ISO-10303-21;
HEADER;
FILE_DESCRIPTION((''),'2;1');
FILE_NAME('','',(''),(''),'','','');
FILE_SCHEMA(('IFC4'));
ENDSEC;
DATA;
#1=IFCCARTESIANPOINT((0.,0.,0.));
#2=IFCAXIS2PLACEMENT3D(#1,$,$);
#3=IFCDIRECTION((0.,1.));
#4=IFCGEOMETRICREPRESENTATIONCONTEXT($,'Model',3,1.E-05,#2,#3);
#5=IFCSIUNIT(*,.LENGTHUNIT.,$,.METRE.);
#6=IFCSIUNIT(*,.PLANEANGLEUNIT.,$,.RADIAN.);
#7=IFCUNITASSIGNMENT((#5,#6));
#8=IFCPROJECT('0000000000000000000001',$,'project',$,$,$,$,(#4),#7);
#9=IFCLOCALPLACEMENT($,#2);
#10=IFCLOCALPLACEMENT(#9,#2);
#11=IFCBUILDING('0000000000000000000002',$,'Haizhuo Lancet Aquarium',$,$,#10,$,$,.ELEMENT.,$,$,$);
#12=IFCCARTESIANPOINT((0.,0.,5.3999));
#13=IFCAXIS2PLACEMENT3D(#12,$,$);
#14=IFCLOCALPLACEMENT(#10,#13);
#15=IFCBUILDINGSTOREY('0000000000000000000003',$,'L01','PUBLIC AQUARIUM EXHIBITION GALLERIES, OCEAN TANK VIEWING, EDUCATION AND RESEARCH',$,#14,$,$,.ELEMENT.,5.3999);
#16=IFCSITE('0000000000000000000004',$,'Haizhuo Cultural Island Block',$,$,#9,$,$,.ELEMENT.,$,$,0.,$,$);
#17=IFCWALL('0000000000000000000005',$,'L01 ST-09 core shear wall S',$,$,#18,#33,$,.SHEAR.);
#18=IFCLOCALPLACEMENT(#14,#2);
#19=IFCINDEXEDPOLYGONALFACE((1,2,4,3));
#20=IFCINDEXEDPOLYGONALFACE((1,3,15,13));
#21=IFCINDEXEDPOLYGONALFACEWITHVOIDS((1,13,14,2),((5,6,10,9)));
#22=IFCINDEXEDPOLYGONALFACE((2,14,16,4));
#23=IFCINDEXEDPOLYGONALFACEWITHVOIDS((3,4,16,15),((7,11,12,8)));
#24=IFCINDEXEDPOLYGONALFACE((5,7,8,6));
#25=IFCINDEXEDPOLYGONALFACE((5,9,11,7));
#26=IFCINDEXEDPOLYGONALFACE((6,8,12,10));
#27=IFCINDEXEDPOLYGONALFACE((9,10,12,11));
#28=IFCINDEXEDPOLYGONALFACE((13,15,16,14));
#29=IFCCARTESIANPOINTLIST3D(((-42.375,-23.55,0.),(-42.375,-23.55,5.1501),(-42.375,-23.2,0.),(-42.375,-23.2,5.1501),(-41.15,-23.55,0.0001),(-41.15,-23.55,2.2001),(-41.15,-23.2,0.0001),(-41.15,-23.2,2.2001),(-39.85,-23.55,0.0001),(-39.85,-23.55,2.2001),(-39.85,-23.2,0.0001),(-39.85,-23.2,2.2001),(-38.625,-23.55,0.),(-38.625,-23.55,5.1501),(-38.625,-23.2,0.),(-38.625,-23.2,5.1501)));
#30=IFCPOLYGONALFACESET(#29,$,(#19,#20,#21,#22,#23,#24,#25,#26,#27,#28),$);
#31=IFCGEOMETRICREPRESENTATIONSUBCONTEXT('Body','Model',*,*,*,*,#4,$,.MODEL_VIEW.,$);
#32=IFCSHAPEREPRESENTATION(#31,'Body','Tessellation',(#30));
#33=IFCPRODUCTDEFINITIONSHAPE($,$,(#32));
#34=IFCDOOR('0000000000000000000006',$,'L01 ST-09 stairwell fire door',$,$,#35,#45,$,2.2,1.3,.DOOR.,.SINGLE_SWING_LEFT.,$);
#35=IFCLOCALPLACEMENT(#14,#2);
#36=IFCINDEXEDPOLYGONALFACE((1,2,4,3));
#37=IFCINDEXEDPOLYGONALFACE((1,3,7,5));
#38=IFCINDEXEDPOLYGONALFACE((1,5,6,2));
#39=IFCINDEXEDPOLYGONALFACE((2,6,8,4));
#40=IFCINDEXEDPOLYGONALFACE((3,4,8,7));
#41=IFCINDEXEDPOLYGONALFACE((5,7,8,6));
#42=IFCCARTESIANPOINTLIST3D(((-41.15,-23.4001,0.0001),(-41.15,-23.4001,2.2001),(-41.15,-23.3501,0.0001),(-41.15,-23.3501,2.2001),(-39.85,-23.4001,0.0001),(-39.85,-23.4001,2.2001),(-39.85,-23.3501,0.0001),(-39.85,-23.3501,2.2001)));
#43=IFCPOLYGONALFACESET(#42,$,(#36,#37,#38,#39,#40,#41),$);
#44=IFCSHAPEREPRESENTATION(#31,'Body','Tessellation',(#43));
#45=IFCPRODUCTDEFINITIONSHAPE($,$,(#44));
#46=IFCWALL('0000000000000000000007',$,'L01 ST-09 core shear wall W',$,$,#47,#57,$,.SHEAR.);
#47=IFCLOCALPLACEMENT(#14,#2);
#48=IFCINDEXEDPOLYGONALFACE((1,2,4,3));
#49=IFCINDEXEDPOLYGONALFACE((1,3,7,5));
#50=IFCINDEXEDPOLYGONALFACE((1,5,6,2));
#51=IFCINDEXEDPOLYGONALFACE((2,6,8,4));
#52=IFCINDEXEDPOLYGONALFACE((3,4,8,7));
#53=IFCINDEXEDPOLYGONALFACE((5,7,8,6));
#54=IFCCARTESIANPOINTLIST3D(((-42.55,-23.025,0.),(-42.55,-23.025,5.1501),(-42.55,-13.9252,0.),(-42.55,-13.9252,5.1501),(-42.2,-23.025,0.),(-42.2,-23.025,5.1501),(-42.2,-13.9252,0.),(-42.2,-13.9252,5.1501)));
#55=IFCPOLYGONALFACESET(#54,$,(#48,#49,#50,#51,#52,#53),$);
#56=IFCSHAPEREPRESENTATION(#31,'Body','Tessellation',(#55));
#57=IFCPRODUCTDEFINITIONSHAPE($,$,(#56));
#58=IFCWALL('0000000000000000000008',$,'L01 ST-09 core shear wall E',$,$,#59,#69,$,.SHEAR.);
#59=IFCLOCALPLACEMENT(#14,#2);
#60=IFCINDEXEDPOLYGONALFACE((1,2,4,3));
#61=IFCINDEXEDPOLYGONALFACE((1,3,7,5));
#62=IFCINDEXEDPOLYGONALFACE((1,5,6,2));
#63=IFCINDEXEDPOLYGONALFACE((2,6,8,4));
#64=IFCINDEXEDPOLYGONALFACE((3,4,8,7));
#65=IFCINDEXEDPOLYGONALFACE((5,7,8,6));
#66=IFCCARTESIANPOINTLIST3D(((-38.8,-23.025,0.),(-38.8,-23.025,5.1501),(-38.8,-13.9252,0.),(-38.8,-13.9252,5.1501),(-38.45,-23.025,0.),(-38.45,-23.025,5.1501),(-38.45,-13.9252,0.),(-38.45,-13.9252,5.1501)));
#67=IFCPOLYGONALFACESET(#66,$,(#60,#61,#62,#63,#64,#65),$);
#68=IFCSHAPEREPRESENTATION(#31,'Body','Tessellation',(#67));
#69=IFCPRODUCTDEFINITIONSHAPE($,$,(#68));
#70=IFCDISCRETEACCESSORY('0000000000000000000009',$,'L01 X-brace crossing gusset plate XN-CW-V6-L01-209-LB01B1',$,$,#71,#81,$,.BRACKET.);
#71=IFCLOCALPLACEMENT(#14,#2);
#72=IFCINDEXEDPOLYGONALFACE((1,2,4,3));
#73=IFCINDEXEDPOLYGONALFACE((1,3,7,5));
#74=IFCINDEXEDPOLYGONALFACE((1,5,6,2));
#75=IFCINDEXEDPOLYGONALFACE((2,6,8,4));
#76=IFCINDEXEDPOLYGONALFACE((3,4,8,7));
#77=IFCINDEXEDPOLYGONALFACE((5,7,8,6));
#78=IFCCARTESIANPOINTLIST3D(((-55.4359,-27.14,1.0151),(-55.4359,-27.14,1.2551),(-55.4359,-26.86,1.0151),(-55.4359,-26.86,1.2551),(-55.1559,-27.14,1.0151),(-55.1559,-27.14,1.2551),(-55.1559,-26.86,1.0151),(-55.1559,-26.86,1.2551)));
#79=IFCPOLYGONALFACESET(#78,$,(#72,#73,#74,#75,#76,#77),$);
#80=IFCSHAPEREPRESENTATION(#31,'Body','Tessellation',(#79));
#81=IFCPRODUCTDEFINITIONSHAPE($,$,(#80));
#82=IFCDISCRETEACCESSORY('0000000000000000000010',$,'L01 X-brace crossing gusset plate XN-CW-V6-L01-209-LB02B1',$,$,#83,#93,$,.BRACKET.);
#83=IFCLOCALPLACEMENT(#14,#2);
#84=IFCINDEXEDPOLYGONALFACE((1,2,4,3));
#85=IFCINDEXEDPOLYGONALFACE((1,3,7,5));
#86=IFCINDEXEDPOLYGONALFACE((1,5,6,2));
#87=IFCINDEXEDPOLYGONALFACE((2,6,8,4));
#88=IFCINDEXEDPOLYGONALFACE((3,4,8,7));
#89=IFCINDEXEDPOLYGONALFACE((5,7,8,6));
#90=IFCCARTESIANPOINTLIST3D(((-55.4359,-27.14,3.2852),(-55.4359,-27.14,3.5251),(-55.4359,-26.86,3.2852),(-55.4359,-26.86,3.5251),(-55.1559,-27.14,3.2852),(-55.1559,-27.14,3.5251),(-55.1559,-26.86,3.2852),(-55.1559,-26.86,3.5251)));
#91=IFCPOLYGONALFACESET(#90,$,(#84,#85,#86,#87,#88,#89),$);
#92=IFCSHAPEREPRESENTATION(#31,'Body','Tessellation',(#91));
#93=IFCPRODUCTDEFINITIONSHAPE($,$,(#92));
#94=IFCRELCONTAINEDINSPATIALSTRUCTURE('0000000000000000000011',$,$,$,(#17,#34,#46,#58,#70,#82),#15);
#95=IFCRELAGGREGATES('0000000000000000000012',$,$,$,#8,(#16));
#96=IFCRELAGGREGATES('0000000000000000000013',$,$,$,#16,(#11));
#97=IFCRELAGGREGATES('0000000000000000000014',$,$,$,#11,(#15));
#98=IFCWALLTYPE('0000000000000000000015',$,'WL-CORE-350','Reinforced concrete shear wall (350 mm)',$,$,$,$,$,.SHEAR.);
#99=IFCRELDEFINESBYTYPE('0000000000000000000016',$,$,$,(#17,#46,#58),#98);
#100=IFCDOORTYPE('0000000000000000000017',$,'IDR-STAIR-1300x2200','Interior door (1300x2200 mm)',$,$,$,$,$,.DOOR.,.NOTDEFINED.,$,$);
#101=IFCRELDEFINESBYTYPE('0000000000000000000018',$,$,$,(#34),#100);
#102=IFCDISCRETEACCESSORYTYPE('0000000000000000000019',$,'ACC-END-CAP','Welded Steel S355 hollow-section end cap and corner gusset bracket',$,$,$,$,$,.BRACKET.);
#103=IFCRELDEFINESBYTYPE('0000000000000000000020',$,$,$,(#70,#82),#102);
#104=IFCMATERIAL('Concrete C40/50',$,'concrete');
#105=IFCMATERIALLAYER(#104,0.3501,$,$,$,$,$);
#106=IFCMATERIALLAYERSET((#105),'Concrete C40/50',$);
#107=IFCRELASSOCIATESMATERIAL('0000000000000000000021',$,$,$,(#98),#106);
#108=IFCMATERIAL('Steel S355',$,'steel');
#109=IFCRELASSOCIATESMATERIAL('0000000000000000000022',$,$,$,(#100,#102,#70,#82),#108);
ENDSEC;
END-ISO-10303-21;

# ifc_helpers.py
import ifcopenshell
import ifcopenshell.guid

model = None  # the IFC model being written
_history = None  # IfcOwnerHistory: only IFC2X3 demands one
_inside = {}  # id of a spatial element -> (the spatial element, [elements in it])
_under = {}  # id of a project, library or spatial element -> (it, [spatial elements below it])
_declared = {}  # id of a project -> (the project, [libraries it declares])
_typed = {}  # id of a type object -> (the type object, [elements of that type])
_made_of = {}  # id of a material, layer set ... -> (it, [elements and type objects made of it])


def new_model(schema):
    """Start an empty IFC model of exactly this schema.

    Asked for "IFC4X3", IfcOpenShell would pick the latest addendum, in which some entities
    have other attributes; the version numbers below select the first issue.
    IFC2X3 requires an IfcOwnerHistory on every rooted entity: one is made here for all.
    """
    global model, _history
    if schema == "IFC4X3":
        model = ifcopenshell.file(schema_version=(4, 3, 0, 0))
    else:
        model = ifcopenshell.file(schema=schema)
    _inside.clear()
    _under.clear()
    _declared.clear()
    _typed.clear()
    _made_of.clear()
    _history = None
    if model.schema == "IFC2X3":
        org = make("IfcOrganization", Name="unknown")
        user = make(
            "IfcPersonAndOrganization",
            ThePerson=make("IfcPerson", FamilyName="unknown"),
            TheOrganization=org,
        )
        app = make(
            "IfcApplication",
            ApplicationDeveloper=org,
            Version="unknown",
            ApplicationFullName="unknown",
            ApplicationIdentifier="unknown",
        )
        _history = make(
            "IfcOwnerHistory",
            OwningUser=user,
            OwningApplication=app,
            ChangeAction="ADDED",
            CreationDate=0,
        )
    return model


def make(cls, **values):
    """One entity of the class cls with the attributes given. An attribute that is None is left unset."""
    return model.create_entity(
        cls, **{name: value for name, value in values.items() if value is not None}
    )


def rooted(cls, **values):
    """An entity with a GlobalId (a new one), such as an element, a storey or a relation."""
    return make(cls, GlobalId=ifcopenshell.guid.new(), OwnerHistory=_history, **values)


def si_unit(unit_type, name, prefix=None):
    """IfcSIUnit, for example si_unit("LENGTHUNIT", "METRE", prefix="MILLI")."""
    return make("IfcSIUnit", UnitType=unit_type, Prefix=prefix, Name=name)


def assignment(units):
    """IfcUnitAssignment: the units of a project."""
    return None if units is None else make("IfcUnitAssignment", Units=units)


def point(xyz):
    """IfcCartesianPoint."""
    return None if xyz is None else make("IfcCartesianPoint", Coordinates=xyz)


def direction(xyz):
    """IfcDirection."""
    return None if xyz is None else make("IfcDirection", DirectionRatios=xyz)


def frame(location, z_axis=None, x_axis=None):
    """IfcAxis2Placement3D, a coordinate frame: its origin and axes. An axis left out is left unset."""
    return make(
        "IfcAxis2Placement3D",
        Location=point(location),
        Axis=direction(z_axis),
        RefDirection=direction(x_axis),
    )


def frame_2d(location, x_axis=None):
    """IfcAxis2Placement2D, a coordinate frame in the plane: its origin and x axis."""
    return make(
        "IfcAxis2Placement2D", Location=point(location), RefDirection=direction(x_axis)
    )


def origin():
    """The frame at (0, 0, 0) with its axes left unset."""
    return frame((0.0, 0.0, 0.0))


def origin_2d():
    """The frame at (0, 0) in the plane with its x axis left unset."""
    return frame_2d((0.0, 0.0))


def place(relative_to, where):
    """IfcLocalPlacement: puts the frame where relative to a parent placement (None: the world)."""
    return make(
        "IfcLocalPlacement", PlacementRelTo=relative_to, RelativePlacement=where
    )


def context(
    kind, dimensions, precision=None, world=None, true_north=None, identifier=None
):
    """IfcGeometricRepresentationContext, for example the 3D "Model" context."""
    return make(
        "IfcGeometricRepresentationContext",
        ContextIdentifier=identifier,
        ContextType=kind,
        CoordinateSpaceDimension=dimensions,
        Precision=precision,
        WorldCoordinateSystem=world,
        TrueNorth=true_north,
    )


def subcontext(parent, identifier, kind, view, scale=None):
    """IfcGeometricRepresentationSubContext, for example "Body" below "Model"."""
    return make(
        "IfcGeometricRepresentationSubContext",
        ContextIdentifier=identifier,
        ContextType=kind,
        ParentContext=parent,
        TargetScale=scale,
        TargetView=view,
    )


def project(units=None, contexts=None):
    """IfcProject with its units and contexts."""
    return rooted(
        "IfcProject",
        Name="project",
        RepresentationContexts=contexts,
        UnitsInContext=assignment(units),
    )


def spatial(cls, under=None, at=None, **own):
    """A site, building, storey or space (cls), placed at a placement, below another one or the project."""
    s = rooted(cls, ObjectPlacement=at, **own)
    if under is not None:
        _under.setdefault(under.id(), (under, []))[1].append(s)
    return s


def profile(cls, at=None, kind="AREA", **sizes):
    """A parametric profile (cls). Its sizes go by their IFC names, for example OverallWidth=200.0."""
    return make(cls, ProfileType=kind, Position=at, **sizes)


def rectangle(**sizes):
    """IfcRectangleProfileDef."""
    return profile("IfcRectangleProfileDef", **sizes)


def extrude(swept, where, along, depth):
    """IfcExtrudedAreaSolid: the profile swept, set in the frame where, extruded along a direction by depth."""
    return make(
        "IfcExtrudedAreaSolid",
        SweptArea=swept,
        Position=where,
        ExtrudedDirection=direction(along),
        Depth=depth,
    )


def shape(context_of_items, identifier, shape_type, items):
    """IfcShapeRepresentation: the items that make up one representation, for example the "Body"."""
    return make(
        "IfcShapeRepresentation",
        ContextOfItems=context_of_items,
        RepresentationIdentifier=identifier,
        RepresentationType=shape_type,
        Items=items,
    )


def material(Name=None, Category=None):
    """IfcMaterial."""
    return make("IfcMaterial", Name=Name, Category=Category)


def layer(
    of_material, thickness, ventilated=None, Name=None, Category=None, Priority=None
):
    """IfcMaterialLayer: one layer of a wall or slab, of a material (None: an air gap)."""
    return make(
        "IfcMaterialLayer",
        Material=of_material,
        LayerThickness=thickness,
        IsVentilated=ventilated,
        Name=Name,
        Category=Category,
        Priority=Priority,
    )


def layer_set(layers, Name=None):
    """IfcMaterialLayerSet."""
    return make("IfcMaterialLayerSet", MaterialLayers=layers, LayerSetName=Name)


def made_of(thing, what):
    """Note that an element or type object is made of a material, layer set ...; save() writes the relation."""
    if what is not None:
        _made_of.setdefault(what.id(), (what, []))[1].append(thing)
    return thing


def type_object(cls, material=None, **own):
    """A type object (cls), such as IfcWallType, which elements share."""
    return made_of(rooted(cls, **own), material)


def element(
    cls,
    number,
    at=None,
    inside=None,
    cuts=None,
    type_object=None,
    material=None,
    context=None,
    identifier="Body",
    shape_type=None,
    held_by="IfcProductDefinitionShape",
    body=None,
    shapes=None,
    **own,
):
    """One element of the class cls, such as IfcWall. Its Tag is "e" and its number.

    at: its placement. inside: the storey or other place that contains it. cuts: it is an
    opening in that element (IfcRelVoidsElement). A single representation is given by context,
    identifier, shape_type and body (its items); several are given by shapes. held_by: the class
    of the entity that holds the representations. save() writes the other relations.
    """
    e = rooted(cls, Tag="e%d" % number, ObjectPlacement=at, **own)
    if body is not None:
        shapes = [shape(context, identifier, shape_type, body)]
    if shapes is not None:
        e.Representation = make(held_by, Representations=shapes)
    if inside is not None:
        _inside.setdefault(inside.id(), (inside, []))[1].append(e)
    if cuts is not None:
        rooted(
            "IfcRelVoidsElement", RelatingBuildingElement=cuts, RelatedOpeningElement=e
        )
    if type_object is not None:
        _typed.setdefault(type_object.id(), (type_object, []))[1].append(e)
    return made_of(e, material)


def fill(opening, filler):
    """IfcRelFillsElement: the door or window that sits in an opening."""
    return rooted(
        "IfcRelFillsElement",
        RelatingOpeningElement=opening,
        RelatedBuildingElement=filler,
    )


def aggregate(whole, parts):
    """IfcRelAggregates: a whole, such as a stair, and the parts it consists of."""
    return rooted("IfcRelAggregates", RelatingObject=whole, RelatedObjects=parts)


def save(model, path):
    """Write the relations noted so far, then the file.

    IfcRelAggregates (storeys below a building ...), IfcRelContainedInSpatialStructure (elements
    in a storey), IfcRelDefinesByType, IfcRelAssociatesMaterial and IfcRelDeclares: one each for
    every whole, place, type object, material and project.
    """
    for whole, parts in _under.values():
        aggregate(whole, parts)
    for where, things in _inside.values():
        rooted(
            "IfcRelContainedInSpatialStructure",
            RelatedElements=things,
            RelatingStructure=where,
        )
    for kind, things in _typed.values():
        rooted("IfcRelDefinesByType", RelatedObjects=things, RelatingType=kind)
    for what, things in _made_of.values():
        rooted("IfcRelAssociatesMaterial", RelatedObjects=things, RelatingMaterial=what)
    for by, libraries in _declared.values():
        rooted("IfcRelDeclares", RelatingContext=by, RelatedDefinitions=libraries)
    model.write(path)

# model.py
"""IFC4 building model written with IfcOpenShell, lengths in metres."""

from ifc_helpers import new_model, si_unit, direction, frame, frame_2d, origin, origin_2d, place, context, subcontext, project, spatial, rectangle, extrude, material, layer, layer_set, type_object, element, fill, save


model = new_model("IFC4")

# Units and contexts
model_context = context("Model", 3, precision=1e-05, world=origin(), true_north=direction((0.0, 1.0)))
body_context = subcontext(model_context, "Body", "Model", "MODEL_VIEW")
ifc_project = project(units=[si_unit("LENGTHUNIT", "METRE"), si_unit("PLANEANGLEUNIT", "RADIAN")], contexts=[model_context])

# Site, building, storey
site_placement = place(None, origin())
site = spatial("IfcSite", under=ifc_project, at=site_placement, Name="Haizhuo Cultural Island Block", CompositionType="ELEMENT", RefElevation=0.0)
building_placement = place(site_placement, origin())
building = spatial("IfcBuilding", under=site, at=building_placement, Name="Haizhuo Lancet Aquarium", CompositionType="ELEMENT")
storey_placement = place(building_placement, frame((0.0, 0.0, 5.3999)))
storey = spatial("IfcBuildingStorey", under=building, at=storey_placement, Name="L01", Description="PUBLIC AQUARIUM EXHIBITION GALLERIES, OCEAN TANK VIEWING, EDUCATION AND RESEARCH", CompositionType="ELEMENT", Elevation=5.3999)

# Shared definitions
ifc_material_1 = material(Name="Concrete C40/50", Category="concrete")

# Shared definitions
ifc_material_2 = material(Name="Steel S355", Category="steel")

# Wall, opening, door
ifc_layer_1 = layer(ifc_material_1, 0.3501)
ifc_layer_set_1 = layer_set([ifc_layer_1], Name="Concrete C40/50")
wall_type_1 = type_object("IfcWallType", Name="WL-CORE-350", Description="Reinforced concrete shear wall (350 mm)", PredefinedType="SHEAR", material=ifc_layer_set_1)
wall_1_placement = place(storey_placement, frame((-42.375, -23.375, 0.0), z_axis=(0.0, 0.0, 1.0), x_axis=(1.0, 0.0, 0.0)))
wall_1 = element("IfcWall", 1, at=wall_1_placement, inside=storey, type_object=wall_type_1, Name="L01 ST-09 core shear wall S", PredefinedType="SHEAR", context=body_context, shape_type="SweptSolid", body=[
    extrude(rectangle(XDim=3.75, YDim=0.3501, at=frame_2d((1.875, 0.0))), origin(), (0.0, 0.0, 1.0), 5.1501),
])
opening_placement = place(wall_1_placement, frame((1.2251, 0.0, 0.0)))
opening = element("IfcOpeningElement", 2, at=opening_placement, cuts=wall_1, PredefinedType="OPENING", context=body_context, shape_type="SweptSolid", body=[
    extrude(rectangle(XDim=1.3, YDim=2.2, at=frame_2d((0.6499, 1.1001))), frame((0.0, 0.1851, 0.0), z_axis=(0.0, -1.0, 0.0), x_axis=(1.0, 0.0, 0.0)), (0.0, 0.0, 1.0), 0.3701),
])
door_type = type_object("IfcDoorType", Name="IDR-STAIR-1300x2200", Description="Interior door (1300x2200 mm)", OperationType="NOTDEFINED", PredefinedType="DOOR", material=ifc_material_2)
door_placement = place(opening_placement, origin())
door = element("IfcDoor", 3, at=door_placement, inside=storey, type_object=door_type, Name="L01 ST-09 stairwell fire door", OperationType="SINGLE_SWING_LEFT", OverallHeight=2.2, OverallWidth=1.3, PredefinedType="DOOR", context=body_context, shape_type="SweptSolid", body=[
    extrude(rectangle(XDim=1.3, YDim=2.2, at=frame_2d((0.6499, 1.1001))), frame((0.0, 0.0249, 0.0), z_axis=(0.0, -1.0, 0.0), x_axis=(1.0, 0.0, 0.0)), (0.0, 0.0, 1.0), 0.05),
])
fill(opening, door)

# Walls
for number, where, z_axis, x_axis, name in (
    (4, (-42.375, -23.0249, 0.0), (0.0, 0.0, 1.0), (0.0, 1.0, 0.0), "L01 ST-09 core shear wall W"),
    (5, (-38.625, -23.0249, 0.0), (0.0, 0.0, 1.0), (0.0, 1.0, 0.0), "L01 ST-09 core shear wall E"),
):
    element("IfcWall", number, at=place(storey_placement, frame(where, z_axis=z_axis, x_axis=x_axis)), inside=storey, type_object=wall_type_1, Name=name, PredefinedType="SHEAR", context=body_context, shape_type="SweptSolid", body=[
        extrude(rectangle(XDim=9.0999, YDim=0.3501, at=frame_2d((4.5498, 0.0))), origin(), (0.0, 0.0, 1.0), 5.1501),
    ])

# Discrete accessories
discrete_accessory_type = type_object("IfcDiscreteAccessoryType", Name="ACC-END-CAP", Description="Welded Steel S355 hollow-section end cap and corner gusset bracket", PredefinedType="BRACKET", material=ifc_material_2)
for number, where, z_axis, x_axis, name in (
    (6, (-55.2959, -27.0, 1.0151), (0.0, 0.0, 1.0), (1.0, 0.0, 0.0), "L01 X-brace crossing gusset plate XN-CW-V6-L01-209-LB01B1"),
    (7, (-55.2959, -27.0, 3.2852), (0.0, 0.0, 1.0), (1.0, 0.0, 0.0), "L01 X-brace crossing gusset plate XN-CW-V6-L01-209-LB02B1"),
):
    element("IfcDiscreteAccessory", number, at=place(storey_placement, frame(where, z_axis=z_axis, x_axis=x_axis)), inside=storey, type_object=discrete_accessory_type, material=ifc_material_2, Name=name, PredefinedType="BRACKET", context=body_context, shape_type="SweptSolid", body=[
        extrude(rectangle(XDim=0.28, YDim=0.28, at=origin_2d()), origin(), (0.0, 0.0, 1.0), 0.24),
    ])

save(model, "model.ifc")
